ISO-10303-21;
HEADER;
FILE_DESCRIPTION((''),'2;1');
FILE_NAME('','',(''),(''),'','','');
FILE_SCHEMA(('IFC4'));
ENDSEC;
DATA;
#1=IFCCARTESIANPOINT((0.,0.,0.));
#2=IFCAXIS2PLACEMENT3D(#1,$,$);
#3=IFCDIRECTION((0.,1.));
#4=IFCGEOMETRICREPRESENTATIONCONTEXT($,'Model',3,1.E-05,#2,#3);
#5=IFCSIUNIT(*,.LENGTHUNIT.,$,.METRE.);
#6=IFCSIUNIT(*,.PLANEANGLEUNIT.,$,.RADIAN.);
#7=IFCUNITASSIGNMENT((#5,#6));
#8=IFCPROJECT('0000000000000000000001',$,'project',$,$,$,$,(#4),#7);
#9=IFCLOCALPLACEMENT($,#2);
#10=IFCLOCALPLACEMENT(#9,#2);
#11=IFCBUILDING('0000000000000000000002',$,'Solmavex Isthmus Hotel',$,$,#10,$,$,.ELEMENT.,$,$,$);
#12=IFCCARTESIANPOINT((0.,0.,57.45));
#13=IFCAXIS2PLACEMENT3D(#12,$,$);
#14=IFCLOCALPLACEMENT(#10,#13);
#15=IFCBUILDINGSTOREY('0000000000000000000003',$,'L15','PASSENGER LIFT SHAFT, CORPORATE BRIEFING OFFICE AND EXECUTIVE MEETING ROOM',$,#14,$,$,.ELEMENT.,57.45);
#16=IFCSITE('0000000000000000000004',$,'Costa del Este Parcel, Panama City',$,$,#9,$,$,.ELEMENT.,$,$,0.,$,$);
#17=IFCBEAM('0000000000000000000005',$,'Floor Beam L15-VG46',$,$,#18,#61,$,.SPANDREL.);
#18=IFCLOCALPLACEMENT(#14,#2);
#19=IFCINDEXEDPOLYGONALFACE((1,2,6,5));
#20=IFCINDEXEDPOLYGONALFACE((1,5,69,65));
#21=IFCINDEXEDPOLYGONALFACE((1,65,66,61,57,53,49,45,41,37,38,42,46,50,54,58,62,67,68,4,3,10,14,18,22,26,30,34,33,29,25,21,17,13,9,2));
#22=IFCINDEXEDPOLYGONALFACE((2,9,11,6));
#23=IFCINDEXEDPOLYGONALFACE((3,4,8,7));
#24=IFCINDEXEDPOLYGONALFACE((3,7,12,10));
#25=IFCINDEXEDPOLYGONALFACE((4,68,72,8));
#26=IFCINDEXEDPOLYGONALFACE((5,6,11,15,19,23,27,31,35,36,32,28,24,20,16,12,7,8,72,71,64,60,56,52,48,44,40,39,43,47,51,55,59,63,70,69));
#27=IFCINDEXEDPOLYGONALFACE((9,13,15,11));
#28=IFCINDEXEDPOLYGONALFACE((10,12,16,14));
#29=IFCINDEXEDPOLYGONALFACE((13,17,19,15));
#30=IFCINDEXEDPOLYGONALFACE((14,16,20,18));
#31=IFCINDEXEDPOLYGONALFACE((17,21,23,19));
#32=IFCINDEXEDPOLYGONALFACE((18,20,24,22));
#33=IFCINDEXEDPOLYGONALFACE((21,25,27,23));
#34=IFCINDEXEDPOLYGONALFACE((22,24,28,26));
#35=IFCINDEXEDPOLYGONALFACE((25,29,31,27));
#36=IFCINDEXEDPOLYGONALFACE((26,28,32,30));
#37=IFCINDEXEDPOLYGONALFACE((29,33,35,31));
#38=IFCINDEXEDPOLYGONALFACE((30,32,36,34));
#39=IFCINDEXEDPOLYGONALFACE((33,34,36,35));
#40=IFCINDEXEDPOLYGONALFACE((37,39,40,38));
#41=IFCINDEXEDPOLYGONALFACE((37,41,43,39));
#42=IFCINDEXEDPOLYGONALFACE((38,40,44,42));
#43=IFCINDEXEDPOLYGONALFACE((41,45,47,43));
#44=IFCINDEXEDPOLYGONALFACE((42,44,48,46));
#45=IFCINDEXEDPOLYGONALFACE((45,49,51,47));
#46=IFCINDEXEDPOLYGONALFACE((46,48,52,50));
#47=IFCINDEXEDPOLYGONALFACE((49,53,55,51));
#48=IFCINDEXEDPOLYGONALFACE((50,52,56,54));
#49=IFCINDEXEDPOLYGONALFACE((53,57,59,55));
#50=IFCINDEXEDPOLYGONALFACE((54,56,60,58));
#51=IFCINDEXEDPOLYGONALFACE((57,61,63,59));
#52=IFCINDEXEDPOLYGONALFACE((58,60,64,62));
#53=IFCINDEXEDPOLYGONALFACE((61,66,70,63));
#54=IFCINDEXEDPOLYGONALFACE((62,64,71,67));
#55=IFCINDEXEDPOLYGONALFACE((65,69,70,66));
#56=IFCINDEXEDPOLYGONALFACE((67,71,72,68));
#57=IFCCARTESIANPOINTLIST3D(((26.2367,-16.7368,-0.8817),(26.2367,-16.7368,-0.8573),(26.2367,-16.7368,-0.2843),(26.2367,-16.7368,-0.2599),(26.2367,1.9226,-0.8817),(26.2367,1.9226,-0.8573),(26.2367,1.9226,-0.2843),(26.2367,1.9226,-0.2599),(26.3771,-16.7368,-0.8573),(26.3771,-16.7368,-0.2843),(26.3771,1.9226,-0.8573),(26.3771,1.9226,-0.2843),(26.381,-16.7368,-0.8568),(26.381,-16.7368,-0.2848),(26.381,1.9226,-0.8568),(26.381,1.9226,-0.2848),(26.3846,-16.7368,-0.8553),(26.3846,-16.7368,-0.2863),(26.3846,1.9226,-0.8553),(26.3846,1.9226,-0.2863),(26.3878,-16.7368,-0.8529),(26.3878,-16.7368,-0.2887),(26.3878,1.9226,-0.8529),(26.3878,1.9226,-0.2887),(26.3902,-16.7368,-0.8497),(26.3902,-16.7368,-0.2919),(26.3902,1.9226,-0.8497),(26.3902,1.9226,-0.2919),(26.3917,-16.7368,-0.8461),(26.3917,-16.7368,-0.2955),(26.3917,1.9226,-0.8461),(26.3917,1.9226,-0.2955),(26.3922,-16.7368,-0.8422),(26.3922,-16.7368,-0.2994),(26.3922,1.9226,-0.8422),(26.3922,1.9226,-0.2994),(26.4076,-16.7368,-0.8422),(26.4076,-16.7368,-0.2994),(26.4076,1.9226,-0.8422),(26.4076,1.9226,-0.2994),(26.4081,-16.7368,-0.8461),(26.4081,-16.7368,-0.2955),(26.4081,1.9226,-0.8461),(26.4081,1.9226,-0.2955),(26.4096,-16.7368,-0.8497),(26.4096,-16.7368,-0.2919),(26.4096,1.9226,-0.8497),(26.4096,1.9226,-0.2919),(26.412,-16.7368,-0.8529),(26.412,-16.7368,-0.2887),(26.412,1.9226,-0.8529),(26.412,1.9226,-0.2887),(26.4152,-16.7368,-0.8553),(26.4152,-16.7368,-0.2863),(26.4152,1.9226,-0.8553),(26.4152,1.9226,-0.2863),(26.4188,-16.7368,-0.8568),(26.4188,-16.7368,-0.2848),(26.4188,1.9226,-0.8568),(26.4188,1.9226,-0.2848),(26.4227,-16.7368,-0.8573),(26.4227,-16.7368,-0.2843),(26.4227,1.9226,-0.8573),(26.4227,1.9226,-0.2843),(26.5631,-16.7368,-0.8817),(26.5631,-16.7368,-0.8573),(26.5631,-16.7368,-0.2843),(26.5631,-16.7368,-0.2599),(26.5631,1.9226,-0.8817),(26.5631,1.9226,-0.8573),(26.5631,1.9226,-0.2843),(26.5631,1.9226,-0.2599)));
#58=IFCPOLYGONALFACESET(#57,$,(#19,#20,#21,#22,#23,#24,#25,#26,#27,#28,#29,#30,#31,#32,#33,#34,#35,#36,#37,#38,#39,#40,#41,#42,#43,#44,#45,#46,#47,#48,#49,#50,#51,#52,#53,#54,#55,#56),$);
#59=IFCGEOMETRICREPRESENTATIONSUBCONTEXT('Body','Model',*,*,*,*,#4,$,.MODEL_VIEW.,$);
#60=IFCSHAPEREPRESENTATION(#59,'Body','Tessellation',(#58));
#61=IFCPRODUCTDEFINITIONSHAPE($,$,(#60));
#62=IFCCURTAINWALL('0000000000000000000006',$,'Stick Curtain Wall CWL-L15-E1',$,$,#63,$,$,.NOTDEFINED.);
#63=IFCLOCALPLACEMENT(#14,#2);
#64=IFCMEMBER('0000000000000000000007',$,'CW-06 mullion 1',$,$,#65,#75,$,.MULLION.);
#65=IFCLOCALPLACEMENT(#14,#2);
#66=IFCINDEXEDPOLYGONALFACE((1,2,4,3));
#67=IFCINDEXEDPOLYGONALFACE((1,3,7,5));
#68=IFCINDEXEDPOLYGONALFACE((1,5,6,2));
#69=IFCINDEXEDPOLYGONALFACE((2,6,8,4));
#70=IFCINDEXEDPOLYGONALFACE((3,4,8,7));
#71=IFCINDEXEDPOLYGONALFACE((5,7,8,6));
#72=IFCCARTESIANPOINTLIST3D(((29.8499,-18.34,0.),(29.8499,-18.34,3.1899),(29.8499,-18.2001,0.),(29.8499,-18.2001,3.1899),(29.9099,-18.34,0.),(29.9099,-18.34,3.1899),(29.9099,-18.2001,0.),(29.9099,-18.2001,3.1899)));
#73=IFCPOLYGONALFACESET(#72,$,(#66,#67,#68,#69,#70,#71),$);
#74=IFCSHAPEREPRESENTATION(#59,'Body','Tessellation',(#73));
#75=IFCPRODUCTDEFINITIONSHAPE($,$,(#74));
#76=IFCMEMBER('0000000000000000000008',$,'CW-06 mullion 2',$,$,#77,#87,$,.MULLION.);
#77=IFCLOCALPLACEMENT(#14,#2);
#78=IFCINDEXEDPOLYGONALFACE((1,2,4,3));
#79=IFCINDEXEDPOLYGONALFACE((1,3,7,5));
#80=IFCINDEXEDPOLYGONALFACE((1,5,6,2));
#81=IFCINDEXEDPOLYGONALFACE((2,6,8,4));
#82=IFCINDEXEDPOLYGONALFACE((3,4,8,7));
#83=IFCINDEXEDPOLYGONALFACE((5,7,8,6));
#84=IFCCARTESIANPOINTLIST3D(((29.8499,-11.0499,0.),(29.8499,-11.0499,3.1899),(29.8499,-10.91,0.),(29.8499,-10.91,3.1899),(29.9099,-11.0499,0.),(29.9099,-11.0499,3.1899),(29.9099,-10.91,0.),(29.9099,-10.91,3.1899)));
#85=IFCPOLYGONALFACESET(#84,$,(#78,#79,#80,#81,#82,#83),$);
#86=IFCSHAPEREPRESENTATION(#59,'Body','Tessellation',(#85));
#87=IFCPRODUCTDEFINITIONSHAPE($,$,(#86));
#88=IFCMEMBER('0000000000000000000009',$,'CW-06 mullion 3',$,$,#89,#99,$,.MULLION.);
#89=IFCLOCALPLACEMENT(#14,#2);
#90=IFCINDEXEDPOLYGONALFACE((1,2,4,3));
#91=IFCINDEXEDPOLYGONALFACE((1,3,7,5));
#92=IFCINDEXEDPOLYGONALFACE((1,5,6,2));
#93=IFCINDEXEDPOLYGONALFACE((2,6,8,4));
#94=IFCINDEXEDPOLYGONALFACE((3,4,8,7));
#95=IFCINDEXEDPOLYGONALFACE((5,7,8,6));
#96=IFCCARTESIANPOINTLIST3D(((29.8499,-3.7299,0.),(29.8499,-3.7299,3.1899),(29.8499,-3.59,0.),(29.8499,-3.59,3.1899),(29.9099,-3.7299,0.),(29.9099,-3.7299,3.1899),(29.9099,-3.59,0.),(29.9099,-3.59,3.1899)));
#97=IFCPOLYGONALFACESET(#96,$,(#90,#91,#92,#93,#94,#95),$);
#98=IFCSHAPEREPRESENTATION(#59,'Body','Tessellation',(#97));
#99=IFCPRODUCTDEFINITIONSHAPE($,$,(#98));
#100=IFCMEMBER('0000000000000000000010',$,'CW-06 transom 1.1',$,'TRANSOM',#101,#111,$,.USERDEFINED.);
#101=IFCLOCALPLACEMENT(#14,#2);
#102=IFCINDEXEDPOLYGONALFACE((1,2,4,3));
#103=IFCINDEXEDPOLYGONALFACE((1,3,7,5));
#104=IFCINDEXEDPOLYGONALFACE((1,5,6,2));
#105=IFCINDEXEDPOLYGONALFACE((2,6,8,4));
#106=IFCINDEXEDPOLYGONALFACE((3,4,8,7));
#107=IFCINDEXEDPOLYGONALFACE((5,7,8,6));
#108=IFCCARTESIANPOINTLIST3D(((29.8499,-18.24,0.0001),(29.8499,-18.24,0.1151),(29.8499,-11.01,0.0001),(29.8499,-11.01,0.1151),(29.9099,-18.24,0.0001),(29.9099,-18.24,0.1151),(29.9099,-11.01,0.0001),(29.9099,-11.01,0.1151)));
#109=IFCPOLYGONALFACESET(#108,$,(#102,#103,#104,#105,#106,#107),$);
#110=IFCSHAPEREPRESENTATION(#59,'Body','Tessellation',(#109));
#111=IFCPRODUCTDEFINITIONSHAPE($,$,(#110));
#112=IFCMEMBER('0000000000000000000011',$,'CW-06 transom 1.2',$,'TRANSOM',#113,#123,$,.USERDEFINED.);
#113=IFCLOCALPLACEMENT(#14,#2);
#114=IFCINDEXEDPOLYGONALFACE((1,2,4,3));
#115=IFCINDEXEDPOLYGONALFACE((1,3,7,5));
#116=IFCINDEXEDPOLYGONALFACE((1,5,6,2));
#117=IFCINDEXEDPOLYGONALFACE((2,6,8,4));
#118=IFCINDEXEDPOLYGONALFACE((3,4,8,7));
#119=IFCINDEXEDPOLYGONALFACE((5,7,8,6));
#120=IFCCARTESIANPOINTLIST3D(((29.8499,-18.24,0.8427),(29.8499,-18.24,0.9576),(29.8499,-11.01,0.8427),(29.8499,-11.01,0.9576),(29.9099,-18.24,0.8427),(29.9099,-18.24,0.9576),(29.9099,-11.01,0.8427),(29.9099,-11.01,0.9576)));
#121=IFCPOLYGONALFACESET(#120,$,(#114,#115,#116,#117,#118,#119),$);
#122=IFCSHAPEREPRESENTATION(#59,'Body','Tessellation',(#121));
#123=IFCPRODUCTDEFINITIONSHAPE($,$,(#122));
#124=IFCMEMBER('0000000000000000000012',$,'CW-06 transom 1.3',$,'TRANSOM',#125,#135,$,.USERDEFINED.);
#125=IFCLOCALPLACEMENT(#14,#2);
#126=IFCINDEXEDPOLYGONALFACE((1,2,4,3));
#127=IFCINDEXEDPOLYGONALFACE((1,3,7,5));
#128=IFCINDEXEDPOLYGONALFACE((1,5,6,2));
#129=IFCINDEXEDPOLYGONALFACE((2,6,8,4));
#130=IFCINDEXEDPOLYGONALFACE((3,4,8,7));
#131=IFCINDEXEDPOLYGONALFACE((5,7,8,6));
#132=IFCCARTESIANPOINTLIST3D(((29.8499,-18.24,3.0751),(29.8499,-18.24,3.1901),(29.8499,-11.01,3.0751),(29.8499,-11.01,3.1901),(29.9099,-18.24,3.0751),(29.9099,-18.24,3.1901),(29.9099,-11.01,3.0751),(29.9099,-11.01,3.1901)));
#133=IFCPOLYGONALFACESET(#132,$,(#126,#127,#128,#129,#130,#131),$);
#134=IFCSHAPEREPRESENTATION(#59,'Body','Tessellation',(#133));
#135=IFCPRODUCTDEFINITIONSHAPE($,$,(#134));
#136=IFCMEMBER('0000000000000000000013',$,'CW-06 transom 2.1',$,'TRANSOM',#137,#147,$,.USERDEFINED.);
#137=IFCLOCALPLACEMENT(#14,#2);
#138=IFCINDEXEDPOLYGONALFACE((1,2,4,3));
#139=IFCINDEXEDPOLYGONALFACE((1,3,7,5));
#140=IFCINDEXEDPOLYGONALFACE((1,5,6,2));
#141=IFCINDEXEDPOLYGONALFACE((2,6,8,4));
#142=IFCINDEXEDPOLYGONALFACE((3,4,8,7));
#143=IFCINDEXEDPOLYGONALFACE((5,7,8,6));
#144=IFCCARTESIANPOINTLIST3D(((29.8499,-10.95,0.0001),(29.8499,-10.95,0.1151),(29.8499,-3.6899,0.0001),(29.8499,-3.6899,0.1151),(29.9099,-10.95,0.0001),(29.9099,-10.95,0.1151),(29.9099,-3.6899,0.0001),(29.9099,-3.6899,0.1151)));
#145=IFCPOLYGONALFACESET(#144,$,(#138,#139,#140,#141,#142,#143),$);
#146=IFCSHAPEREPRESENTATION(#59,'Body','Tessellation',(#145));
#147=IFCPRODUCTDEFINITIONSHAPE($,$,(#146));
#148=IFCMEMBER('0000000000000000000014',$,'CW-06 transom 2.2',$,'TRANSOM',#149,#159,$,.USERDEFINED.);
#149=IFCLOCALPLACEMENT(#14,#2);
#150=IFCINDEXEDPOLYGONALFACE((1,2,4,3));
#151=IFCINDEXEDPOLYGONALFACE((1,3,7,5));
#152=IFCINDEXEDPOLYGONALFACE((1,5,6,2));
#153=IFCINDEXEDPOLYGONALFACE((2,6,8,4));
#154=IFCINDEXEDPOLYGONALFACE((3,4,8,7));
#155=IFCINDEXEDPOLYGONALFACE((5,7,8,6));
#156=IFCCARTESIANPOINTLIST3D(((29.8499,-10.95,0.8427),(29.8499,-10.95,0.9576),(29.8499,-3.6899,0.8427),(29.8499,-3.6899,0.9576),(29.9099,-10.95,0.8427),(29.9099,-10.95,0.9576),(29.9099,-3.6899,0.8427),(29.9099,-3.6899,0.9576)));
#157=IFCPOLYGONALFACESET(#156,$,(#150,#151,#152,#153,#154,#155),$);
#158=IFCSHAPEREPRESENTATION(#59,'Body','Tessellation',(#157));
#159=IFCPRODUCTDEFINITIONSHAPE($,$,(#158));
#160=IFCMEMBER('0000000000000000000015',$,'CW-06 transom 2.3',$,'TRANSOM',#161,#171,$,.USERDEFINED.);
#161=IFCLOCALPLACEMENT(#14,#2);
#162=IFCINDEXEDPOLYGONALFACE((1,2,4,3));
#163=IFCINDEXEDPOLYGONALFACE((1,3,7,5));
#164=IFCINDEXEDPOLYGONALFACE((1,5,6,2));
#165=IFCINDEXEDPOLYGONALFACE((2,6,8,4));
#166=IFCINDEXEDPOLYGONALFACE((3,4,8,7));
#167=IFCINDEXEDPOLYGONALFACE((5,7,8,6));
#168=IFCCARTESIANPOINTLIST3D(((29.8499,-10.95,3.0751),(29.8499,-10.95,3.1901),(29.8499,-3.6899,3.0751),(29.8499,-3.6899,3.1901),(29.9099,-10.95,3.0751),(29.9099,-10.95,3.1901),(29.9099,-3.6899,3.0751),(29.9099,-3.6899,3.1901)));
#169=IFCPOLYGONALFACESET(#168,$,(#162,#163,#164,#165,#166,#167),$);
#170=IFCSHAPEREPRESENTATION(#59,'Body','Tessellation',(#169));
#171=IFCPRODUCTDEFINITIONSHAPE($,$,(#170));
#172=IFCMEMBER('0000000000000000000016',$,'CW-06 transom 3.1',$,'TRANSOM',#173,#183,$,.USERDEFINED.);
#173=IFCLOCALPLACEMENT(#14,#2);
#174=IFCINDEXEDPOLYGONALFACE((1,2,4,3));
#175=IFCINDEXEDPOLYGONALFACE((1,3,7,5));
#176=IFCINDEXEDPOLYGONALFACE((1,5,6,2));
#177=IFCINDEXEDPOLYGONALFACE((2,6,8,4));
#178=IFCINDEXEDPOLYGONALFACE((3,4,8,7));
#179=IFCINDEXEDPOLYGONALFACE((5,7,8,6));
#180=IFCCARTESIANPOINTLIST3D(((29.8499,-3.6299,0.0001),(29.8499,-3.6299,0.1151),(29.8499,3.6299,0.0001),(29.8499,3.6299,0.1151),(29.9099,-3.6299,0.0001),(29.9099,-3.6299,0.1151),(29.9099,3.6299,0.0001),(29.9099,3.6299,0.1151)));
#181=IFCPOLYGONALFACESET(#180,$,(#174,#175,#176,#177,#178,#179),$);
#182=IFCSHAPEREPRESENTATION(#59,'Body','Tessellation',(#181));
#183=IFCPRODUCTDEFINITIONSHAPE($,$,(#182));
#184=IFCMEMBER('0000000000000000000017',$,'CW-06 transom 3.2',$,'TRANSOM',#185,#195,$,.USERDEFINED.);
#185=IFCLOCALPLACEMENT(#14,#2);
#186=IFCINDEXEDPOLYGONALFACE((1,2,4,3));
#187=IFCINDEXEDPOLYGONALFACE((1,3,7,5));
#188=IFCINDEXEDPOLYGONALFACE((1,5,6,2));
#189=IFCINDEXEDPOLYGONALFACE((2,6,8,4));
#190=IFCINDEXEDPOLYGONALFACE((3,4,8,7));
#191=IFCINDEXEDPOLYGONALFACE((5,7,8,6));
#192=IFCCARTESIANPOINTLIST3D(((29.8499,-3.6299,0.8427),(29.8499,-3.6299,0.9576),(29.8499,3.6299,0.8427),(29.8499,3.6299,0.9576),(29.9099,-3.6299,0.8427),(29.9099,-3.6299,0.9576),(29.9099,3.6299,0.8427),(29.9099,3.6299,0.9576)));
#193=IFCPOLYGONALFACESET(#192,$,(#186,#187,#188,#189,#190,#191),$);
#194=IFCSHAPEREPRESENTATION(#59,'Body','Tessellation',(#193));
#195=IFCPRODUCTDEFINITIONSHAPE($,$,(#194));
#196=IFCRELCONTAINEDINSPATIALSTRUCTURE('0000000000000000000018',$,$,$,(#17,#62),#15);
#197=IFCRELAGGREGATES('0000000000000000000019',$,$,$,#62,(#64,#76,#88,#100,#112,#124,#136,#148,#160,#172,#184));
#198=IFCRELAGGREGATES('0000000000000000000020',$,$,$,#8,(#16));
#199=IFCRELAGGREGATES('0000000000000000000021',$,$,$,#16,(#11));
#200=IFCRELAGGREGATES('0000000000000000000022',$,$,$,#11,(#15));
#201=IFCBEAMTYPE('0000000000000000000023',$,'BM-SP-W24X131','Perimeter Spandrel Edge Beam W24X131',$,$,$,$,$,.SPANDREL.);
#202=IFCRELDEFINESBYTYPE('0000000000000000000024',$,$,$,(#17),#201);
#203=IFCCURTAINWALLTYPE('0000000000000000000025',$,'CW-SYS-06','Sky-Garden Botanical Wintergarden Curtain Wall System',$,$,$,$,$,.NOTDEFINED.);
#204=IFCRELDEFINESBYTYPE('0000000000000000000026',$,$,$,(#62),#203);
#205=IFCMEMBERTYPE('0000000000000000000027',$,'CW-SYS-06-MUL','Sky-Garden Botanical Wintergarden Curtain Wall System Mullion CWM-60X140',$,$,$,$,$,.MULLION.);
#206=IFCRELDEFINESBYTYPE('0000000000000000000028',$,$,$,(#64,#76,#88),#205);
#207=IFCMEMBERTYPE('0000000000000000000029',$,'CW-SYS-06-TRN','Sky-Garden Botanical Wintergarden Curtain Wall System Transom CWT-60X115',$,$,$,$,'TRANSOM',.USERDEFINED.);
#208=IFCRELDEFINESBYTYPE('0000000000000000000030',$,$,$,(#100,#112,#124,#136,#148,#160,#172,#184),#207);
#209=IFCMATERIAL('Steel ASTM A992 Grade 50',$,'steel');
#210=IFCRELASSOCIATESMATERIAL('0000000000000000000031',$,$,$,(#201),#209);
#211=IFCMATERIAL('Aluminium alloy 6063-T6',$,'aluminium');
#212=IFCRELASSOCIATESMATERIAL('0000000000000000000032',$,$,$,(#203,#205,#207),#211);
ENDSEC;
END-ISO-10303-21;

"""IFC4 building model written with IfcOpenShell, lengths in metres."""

from ifc_helpers import new_model, si_unit, direction, frame, origin, origin_2d, place, context, subcontext, project, spatial, rectangle, i_section, extrude, material, material_profile, profile_set, type_object, element, aggregate, save


model = new_model("IFC4")

# Units and contexts
model_context = context("Model", 3, precision=1e-05, world=origin(), true_north=direction((0.0, 1.0)))
body_context = subcontext(model_context, "Body", "Model", "MODEL_VIEW")
ifc_project = project(units=[si_unit("LENGTHUNIT", "METRE"), si_unit("PLANEANGLEUNIT", "RADIAN")], contexts=[model_context])

# Site, building, storey
site_placement = place(None, origin())
site = spatial("IfcSite", under=ifc_project, at=site_placement, Name="Costa del Este Parcel, Panama City", CompositionType="ELEMENT", RefElevation=0.0)
building_placement = place(site_placement, origin())
building = spatial("IfcBuilding", under=site, at=building_placement, Name="Solmavex Isthmus Hotel", CompositionType="ELEMENT")
storey_placement = place(building_placement, frame((0.0, 0.0, 57.45)))
storey = spatial("IfcBuildingStorey", under=building, at=storey_placement, Name="L15", Description="PASSENGER LIFT SHAFT, CORPORATE BRIEFING OFFICE AND EXECUTIVE MEETING ROOM", CompositionType="ELEMENT", Elevation=57.45)

# Beam
ifc_material_1 = material(Name="Steel ASTM A992 Grade 50", Category="steel")
ifc_material_profile_1 = material_profile(ifc_material_1, i_section(OverallWidth=0.3264, OverallDepth=0.6218, WebThickness=0.0154, FlangeThickness=0.0244, FilletRadius=0.0151, at=origin_2d()), Name="W24X131")
ifc_profile_set_1 = profile_set([ifc_material_profile_1], Name="Steel ASTM A992 Grade 50")
beam_type_1 = type_object("IfcBeamType", Name="BM-SP-W24X131", Description="Perimeter Spandrel Edge Beam W24X131", PredefinedType="SPANDREL", material=ifc_profile_set_1)
beam_1_placement = place(storey_placement, frame((26.3999, -16.7368, -0.5708), z_axis=(0.0, 1.0, 0.0), x_axis=(-1.0, 0.0, 0.0)))
element("IfcBeam", 1, at=beam_1_placement, inside=storey, type_object=beam_type_1, Name="Floor Beam L15-VG46", PredefinedType="SPANDREL", context=body_context, shape_type="SweptSolid", body=[
    extrude(i_section(OverallWidth=0.3264, OverallDepth=0.6218, WebThickness=0.0154, FlangeThickness=0.0244, FilletRadius=0.0151, at=origin_2d()), origin(), (0.0, 0.0, 1.0), 18.6594),
])

# Curtain wall, members
ifc_material_2 = material(Name="Aluminium alloy 6063-T6", Category="aluminium")
curtain_wall_type = type_object("IfcCurtainWallType", Name="CW-SYS-06", Description="Sky-Garden Botanical Wintergarden Curtain Wall System", PredefinedType="NOTDEFINED", material=ifc_material_2)
curtain_wall_placement = place(storey_placement, origin())
curtain_wall = element("IfcCurtainWall", 2, at=curtain_wall_placement, inside=storey, type_object=curtain_wall_type, Name="Stick Curtain Wall CWL-L15-E1", PredefinedType="NOTDEFINED")
ifc_material_profile_2 = material_profile(ifc_material_2, rectangle(XDim=0.0601, YDim=0.1399, at=origin_2d()), Name="CWM-60X140")
ifc_profile_set_2 = profile_set([ifc_material_profile_2], Name="Aluminium alloy 6063-T6")
member_type_1 = type_object("IfcMemberType", Name="CW-SYS-06-MUL", Description="Sky-Garden Botanical Wintergarden Curtain Wall System Mullion CWM-60X140", PredefinedType="MULLION", material=ifc_profile_set_2)
member_1_placement = place(storey_placement, frame((29.8799, -18.27, 0.0), z_axis=(0.0, 0.0, 1.0), x_axis=(-1.0, 0.0, 0.0)))
member_1 = element("IfcMember", 3, at=member_1_placement, type_object=member_type_1, Name="CW-06 mullion 1", PredefinedType="MULLION", context=body_context, shape_type="SweptSolid", body=[
    extrude(rectangle(XDim=0.0601, YDim=0.1399, at=origin_2d()), origin(), (0.0, 0.0, 1.0), 3.1899),
])
member_2_placement = place(storey_placement, frame((29.8799, -10.98, 0.0), z_axis=(0.0, 0.0, 1.0), x_axis=(-1.0, 0.0, 0.0)))
member_2 = element("IfcMember", 4, at=member_2_placement, type_object=member_type_1, Name="CW-06 mullion 2", PredefinedType="MULLION", context=body_context, shape_type="SweptSolid", body=[
    extrude(rectangle(XDim=0.0601, YDim=0.1399, at=origin_2d()), origin(), (0.0, 0.0, 1.0), 3.1899),
])
member_3_placement = place(storey_placement, frame((29.8799, -3.6599, 0.0), z_axis=(0.0, 0.0, 1.0), x_axis=(-1.0, 0.0, 0.0)))
member_3 = element("IfcMember", 5, at=member_3_placement, type_object=member_type_1, Name="CW-06 mullion 3", PredefinedType="MULLION", context=body_context, shape_type="SweptSolid", body=[
    extrude(rectangle(XDim=0.0601, YDim=0.1399, at=origin_2d()), origin(), (0.0, 0.0, 1.0), 3.1899),
])
ifc_material_profile_3 = material_profile(ifc_material_2, rectangle(XDim=0.0601, YDim=0.115, at=origin_2d()), Name="CWT-60X115")
ifc_profile_set_3 = profile_set([ifc_material_profile_3], Name="Aluminium alloy 6063-T6")
member_type_2 = type_object("IfcMemberType", Name="CW-SYS-06-TRN", Description="Sky-Garden Botanical Wintergarden Curtain Wall System Transom CWT-60X115", ElementType="TRANSOM", PredefinedType="USERDEFINED", material=ifc_profile_set_3)
member_4_placement = place(storey_placement, frame((29.8799, -18.24, 0.0576), z_axis=(0.0, 1.0, 0.0), x_axis=(-1.0, 0.0, 0.0)))
member_4 = element("IfcMember", 6, at=member_4_placement, type_object=member_type_2, Name="CW-06 transom 1.1", ObjectType="TRANSOM", PredefinedType="USERDEFINED", context=body_context, shape_type="SweptSolid", body=[
    extrude(rectangle(XDim=0.0601, YDim=0.115, at=origin_2d()), origin(), (0.0, 0.0, 1.0), 7.23),
])
member_5_placement = place(storey_placement, frame((29.8799, -18.24, 0.9001), z_axis=(0.0, 1.0, 0.0), x_axis=(-1.0, 0.0, 0.0)))
member_5 = element("IfcMember", 7, at=member_5_placement, type_object=member_type_2, Name="CW-06 transom 1.2", ObjectType="TRANSOM", PredefinedType="USERDEFINED", context=body_context, shape_type="SweptSolid", body=[
    extrude(rectangle(XDim=0.0601, YDim=0.115, at=origin_2d()), origin(), (0.0, 0.0, 1.0), 7.23),
])
member_6_placement = place(storey_placement, frame((29.8799, -18.24, 3.1326), z_axis=(0.0, 1.0, 0.0), x_axis=(-1.0, 0.0, 0.0)))
member_6 = element("IfcMember", 8, at=member_6_placement, type_object=member_type_2, Name="CW-06 transom 1.3", ObjectType="TRANSOM", PredefinedType="USERDEFINED", context=body_context, shape_type="SweptSolid", body=[
    extrude(rectangle(XDim=0.0601, YDim=0.115, at=origin_2d()), origin(), (0.0, 0.0, 1.0), 7.23),
])
member_7_placement = place(storey_placement, frame((29.8799, -10.95, 0.0576), z_axis=(0.0, 1.0, 0.0), x_axis=(-1.0, 0.0, 0.0)))
member_7 = element("IfcMember", 9, at=member_7_placement, type_object=member_type_2, Name="CW-06 transom 2.1", ObjectType="TRANSOM", PredefinedType="USERDEFINED", context=body_context, shape_type="SweptSolid", body=[
    extrude(rectangle(XDim=0.0601, YDim=0.115, at=origin_2d()), origin(), (0.0, 0.0, 1.0), 7.26),
])
member_8_placement = place(storey_placement, frame((29.8799, -10.95, 0.9001), z_axis=(0.0, 1.0, 0.0), x_axis=(-1.0, 0.0, 0.0)))
member_8 = element("IfcMember", 10, at=member_8_placement, type_object=member_type_2, Name="CW-06 transom 2.2", ObjectType="TRANSOM", PredefinedType="USERDEFINED", context=body_context, shape_type="SweptSolid", body=[
    extrude(rectangle(XDim=0.0601, YDim=0.115, at=origin_2d()), origin(), (0.0, 0.0, 1.0), 7.26),
])
member_9_placement = place(storey_placement, frame((29.8799, -10.95, 3.1326), z_axis=(0.0, 1.0, 0.0), x_axis=(-1.0, 0.0, 0.0)))
member_9 = element("IfcMember", 11, at=member_9_placement, type_object=member_type_2, Name="CW-06 transom 2.3", ObjectType="TRANSOM", PredefinedType="USERDEFINED", context=body_context, shape_type="SweptSolid", body=[
    extrude(rectangle(XDim=0.0601, YDim=0.115, at=origin_2d()), origin(), (0.0, 0.0, 1.0), 7.26),
])
member_10_placement = place(storey_placement, frame((29.8799, -3.6299, 0.0576), z_axis=(0.0, 1.0, 0.0), x_axis=(-1.0, 0.0, 0.0)))
member_10 = element("IfcMember", 12, at=member_10_placement, type_object=member_type_2, Name="CW-06 transom 3.1", ObjectType="TRANSOM", PredefinedType="USERDEFINED", context=body_context, shape_type="SweptSolid", body=[
    extrude(rectangle(XDim=0.0601, YDim=0.115, at=origin_2d()), origin(), (0.0, 0.0, 1.0), 7.2598),
])
member_11_placement = place(storey_placement, frame((29.8799, -3.6299, 0.9001), z_axis=(0.0, 1.0, 0.0), x_axis=(-1.0, 0.0, 0.0)))
member_11 = element("IfcMember", 13, at=member_11_placement, type_object=member_type_2, Name="CW-06 transom 3.2", ObjectType="TRANSOM", PredefinedType="USERDEFINED", context=body_context, shape_type="SweptSolid", body=[
    extrude(rectangle(XDim=0.0601, YDim=0.115, at=origin_2d()), origin(), (0.0, 0.0, 1.0), 7.2598),
])
aggregate(curtain_wall, [member_1, member_2, member_3, member_4, member_5, member_6, member_7, member_8, member_9, member_10, member_11])

save(model, "model.ifc")
